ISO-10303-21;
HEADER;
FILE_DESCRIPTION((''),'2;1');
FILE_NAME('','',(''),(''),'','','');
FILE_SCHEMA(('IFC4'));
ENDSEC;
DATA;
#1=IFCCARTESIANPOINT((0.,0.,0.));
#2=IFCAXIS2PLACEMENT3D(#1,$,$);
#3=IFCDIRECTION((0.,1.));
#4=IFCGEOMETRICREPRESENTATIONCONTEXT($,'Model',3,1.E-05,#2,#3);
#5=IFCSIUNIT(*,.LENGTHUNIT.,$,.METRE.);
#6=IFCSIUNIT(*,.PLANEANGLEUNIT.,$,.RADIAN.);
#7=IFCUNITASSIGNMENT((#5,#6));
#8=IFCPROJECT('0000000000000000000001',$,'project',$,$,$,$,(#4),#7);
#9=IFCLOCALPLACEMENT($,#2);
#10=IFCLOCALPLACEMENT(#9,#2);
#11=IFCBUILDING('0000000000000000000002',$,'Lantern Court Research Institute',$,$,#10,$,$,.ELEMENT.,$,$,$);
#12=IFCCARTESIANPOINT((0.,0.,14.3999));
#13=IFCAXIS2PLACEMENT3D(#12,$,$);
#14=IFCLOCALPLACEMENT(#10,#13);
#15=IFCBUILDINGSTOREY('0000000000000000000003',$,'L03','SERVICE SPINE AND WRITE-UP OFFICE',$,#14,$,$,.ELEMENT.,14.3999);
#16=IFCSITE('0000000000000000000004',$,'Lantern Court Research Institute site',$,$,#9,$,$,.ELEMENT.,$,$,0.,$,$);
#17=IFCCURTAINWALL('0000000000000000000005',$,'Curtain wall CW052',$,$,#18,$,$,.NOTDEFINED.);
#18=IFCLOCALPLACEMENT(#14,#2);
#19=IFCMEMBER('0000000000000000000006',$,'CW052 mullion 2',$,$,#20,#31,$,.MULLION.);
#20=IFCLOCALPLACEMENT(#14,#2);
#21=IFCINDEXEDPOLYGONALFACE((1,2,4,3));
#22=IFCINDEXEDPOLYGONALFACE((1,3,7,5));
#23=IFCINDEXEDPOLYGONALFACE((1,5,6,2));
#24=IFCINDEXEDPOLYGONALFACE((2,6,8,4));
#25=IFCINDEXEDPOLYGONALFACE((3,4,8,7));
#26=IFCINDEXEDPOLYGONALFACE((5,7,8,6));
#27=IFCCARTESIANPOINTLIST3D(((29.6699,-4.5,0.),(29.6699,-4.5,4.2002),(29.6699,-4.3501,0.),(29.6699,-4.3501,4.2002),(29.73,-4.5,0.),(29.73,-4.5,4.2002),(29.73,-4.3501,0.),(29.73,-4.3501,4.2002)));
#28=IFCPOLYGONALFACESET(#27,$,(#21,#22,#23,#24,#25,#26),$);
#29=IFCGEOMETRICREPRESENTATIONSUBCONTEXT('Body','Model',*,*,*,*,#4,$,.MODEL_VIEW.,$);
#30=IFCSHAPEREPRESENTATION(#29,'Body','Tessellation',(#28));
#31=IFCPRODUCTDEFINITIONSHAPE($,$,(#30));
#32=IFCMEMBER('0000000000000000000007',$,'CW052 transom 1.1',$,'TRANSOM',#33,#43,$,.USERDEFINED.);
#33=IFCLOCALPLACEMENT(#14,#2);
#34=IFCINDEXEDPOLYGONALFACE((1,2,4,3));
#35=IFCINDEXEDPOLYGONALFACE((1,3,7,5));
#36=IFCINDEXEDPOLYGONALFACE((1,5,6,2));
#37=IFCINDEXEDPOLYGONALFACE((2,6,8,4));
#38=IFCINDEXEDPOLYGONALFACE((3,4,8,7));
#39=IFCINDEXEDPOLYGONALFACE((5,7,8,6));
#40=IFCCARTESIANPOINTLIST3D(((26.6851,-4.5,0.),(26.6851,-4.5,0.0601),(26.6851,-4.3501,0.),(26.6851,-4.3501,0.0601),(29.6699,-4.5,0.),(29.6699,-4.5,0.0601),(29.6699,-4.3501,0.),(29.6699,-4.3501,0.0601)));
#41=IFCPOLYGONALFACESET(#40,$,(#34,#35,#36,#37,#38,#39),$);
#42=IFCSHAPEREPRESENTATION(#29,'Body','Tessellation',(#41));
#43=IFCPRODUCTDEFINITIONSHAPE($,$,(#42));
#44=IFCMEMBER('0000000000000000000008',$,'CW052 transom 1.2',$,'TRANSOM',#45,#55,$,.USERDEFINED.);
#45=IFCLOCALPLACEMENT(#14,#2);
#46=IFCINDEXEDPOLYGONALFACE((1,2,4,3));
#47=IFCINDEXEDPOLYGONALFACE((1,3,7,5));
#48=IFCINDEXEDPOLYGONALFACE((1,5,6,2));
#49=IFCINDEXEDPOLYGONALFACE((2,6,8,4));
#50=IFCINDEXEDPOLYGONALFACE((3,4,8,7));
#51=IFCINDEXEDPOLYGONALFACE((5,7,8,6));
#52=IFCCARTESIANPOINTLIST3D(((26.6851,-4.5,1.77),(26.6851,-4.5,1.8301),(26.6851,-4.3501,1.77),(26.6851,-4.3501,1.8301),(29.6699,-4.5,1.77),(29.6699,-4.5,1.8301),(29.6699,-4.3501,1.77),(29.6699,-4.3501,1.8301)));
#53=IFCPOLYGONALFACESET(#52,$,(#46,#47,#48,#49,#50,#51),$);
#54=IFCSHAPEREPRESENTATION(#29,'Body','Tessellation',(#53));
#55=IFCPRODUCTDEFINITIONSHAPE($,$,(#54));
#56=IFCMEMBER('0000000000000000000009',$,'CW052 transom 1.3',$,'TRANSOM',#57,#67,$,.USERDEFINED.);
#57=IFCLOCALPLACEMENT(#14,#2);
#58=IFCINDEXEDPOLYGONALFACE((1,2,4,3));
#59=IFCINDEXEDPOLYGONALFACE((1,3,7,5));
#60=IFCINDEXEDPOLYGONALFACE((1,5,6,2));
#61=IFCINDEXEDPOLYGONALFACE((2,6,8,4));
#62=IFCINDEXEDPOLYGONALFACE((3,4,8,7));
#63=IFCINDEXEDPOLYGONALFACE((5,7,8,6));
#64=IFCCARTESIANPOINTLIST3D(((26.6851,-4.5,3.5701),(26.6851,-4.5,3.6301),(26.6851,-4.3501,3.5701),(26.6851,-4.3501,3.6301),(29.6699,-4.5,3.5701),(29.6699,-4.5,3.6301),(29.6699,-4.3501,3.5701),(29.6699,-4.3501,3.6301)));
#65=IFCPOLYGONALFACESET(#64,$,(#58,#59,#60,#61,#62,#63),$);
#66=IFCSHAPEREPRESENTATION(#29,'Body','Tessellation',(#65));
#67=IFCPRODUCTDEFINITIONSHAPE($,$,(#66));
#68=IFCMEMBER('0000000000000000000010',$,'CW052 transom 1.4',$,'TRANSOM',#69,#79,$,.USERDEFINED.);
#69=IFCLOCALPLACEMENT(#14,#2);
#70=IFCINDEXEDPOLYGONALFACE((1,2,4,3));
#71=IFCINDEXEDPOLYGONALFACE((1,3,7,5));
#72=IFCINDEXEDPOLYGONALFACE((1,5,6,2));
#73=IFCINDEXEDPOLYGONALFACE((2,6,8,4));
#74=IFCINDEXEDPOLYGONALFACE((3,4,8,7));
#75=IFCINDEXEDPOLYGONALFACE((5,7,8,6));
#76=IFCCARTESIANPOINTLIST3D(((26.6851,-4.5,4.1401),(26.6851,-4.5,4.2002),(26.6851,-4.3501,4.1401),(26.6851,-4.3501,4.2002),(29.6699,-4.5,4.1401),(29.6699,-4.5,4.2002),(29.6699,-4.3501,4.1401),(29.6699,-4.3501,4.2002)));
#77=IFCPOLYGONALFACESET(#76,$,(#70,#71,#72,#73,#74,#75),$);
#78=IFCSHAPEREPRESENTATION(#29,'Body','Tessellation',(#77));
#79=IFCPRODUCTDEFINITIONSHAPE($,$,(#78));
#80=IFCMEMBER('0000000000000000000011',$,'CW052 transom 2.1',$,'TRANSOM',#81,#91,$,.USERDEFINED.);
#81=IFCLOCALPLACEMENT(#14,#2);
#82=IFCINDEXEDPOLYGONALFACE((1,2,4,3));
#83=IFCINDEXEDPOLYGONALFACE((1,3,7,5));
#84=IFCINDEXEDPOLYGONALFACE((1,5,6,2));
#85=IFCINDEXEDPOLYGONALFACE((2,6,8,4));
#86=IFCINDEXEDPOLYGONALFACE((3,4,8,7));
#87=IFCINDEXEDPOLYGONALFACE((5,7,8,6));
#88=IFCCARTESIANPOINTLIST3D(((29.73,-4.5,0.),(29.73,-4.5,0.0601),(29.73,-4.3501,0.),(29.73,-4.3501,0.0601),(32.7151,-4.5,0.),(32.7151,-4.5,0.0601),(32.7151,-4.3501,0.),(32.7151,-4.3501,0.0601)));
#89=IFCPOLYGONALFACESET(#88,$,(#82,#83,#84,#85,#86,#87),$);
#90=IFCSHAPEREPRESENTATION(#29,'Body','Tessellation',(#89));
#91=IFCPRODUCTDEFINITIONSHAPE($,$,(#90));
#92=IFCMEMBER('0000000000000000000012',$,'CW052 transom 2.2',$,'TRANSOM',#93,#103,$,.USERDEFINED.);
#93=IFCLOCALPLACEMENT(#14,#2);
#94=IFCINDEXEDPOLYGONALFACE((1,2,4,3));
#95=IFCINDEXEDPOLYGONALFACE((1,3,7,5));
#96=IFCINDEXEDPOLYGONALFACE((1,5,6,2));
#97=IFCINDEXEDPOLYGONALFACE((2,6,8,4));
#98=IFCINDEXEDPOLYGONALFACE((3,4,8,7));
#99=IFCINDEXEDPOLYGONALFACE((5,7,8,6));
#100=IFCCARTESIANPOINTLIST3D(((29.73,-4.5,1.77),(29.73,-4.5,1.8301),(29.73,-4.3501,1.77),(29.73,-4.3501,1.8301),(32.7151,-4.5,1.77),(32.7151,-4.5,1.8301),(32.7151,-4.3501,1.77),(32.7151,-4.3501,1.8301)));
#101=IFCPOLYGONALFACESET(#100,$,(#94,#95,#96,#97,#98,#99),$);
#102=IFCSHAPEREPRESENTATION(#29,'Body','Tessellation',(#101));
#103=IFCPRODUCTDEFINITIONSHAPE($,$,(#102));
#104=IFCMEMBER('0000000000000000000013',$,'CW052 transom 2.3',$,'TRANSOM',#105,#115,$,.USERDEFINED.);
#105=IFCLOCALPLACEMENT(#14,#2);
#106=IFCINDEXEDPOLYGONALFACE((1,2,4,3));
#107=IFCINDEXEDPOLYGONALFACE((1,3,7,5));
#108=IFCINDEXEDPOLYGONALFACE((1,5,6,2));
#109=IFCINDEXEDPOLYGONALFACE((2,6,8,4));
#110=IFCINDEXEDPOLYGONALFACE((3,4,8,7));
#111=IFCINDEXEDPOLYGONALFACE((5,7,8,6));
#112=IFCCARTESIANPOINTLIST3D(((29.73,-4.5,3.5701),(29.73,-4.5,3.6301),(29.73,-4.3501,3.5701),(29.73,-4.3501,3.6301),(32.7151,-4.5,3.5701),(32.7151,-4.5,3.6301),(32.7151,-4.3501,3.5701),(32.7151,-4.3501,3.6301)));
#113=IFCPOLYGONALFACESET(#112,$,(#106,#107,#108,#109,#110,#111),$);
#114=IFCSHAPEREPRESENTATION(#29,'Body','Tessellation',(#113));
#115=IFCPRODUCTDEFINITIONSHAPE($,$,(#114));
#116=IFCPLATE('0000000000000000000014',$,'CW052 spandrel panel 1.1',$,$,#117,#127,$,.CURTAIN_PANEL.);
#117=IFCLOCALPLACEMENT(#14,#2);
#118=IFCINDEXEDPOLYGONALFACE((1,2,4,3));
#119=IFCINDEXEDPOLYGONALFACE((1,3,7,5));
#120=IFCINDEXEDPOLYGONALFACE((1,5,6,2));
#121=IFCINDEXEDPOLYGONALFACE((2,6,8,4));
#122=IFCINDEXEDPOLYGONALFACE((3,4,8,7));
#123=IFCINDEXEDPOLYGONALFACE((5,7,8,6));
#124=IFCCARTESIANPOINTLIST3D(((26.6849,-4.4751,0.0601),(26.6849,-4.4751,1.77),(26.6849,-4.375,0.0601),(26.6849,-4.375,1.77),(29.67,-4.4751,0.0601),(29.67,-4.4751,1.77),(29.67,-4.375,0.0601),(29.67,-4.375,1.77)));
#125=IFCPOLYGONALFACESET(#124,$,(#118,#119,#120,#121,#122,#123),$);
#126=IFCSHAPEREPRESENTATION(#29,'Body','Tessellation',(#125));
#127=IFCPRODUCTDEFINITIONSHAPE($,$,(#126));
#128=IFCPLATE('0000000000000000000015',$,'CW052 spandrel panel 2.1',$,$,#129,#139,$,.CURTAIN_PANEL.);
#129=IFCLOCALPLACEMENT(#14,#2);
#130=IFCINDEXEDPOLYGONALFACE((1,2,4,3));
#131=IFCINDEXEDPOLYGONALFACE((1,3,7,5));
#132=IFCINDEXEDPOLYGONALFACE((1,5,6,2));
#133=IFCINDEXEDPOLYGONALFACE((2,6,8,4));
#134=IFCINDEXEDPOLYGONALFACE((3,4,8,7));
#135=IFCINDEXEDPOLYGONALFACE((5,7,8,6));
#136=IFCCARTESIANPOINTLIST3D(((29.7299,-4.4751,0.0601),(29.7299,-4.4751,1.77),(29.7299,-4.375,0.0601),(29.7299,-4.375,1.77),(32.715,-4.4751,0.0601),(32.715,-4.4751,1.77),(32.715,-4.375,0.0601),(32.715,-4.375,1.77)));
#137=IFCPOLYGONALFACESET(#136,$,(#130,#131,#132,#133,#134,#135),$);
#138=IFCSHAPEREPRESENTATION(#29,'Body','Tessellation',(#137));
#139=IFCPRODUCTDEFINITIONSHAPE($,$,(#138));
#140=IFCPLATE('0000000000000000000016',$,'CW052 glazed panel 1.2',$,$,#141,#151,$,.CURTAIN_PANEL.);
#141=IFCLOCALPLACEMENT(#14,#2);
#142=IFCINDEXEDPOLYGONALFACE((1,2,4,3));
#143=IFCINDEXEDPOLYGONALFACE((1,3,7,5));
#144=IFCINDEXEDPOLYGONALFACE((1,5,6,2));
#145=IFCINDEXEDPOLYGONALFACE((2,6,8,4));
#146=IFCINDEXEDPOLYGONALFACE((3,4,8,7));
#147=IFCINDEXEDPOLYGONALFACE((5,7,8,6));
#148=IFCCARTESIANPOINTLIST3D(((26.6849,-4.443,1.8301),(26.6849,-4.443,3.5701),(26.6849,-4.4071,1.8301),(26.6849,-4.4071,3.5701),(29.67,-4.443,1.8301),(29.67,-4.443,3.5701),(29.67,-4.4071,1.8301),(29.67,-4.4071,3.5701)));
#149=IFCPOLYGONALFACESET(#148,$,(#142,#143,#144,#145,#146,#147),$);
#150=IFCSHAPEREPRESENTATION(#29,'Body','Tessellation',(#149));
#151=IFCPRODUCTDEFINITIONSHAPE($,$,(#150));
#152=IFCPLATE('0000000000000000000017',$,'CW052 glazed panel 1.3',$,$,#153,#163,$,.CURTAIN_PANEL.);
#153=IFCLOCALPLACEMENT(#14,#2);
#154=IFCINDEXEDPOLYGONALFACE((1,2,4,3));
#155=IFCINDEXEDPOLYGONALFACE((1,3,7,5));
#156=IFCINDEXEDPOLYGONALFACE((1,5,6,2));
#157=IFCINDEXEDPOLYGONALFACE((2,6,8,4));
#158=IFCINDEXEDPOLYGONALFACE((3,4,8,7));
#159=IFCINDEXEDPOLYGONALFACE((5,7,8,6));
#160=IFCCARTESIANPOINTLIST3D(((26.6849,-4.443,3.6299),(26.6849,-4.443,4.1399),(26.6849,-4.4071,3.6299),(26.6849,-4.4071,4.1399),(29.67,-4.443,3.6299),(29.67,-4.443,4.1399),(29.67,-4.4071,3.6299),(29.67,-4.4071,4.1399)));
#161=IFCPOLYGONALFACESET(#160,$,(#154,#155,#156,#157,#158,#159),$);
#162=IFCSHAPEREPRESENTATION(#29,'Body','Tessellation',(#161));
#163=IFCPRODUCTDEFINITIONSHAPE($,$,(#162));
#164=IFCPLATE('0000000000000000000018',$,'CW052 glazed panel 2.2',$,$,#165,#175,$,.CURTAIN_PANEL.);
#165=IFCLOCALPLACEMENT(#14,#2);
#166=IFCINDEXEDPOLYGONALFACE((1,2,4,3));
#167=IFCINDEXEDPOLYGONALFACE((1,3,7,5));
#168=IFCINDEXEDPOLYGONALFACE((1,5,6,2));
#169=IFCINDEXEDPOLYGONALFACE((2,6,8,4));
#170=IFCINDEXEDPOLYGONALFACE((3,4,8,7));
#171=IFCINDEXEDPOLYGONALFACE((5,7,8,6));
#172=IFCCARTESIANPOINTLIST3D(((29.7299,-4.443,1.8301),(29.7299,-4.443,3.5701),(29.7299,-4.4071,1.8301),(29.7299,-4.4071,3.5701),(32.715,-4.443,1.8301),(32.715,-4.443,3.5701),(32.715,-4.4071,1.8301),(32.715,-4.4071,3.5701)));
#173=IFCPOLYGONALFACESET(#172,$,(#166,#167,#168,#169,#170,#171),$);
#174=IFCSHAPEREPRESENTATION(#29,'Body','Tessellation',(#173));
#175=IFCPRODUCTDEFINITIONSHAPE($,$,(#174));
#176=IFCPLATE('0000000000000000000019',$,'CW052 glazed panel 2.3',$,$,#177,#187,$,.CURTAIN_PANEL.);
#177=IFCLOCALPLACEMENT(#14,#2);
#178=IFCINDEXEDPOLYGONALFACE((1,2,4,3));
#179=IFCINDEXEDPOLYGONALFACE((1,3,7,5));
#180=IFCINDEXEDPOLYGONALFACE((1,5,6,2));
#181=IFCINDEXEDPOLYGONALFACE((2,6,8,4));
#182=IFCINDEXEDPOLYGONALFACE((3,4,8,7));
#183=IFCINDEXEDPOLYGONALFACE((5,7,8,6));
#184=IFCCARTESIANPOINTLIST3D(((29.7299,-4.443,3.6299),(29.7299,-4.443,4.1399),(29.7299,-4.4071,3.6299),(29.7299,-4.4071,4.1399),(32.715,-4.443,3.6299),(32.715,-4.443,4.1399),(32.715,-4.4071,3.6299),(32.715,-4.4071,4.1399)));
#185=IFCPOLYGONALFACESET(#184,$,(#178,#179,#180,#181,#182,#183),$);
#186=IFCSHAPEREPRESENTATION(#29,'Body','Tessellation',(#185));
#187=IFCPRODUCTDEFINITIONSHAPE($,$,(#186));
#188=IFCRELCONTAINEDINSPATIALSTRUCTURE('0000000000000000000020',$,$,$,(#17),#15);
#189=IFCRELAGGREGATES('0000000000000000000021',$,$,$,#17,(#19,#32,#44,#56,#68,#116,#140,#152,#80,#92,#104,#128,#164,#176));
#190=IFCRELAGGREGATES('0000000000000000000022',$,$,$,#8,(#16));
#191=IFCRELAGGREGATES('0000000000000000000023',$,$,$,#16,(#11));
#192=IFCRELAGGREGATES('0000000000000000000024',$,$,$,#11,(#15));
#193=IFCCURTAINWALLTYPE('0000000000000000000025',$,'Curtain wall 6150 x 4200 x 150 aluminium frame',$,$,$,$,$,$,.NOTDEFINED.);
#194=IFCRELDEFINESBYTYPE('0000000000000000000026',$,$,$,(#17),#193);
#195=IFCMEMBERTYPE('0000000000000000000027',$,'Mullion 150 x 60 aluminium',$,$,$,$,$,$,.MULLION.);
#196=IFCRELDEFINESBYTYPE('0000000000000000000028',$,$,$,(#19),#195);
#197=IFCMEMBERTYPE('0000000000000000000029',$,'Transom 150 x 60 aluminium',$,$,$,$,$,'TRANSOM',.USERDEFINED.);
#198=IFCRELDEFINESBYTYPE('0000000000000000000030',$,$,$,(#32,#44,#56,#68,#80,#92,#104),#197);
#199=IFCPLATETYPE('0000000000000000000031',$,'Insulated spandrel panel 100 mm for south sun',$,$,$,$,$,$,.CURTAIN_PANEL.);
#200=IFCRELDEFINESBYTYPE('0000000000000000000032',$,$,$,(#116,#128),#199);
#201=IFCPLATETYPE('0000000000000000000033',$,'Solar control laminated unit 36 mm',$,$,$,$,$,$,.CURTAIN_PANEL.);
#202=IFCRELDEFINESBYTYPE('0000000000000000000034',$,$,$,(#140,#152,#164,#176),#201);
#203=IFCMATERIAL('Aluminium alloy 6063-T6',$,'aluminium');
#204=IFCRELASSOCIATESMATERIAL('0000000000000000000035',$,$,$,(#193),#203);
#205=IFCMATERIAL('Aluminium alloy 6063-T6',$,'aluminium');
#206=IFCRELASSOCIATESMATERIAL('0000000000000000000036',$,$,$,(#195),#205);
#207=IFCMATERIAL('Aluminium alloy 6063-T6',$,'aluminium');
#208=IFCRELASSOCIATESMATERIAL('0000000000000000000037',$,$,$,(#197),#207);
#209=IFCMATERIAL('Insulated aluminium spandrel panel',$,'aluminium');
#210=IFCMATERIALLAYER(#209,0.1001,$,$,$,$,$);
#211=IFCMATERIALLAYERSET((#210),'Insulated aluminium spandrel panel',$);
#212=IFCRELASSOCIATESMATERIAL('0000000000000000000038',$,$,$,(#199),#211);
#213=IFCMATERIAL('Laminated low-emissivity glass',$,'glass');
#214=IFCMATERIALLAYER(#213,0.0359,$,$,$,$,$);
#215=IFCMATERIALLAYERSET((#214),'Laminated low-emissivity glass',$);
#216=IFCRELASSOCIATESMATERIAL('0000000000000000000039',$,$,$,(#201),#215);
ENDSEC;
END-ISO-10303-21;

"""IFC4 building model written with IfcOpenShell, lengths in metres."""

from ifc_helpers import new_model, si_unit, direction, frame, origin, origin_2d, place, context, subcontext, project, spatial, rectangle, extrude, material, layer, layer_set, material_profile, profile_set, type_object, element, aggregate, save


model = new_model("IFC4")

# Units and contexts
model_context = context("Model", 3, precision=1e-05, world=origin(), true_north=direction((0.0, 1.0)))
body_context = subcontext(model_context, "Body", "Model", "MODEL_VIEW")
ifc_project = project(units=[si_unit("LENGTHUNIT", "METRE"), si_unit("PLANEANGLEUNIT", "RADIAN")], contexts=[model_context])

# Site, building, storey
site_placement = place(None, origin())
site = spatial("IfcSite", under=ifc_project, at=site_placement, Name="Lantern Court Research Institute site", CompositionType="ELEMENT", RefElevation=0.0)
building_placement = place(site_placement, origin())
building = spatial("IfcBuilding", under=site, at=building_placement, Name="Lantern Court Research Institute", CompositionType="ELEMENT")
storey_placement = place(building_placement, frame((0.0, 0.0, 14.3999)))
storey = spatial("IfcBuildingStorey", under=building, at=storey_placement, Name="L03", Description="SERVICE SPINE AND WRITE-UP OFFICE", CompositionType="ELEMENT", Elevation=14.3999)

# Curtain wall, members, plates
ifc_material_1 = material(Name="Aluminium alloy 6063-T6", Category="aluminium")
curtain_wall_type = type_object("IfcCurtainWallType", Name="Curtain wall 6150 x 4200 x 150 aluminium frame", PredefinedType="NOTDEFINED", material=ifc_material_1)
curtain_wall_placement = place(storey_placement, origin())
curtain_wall = element("IfcCurtainWall", 1, at=curtain_wall_placement, inside=storey, type_object=curtain_wall_type, Name="Curtain wall CW052", PredefinedType="NOTDEFINED")
ifc_material_2 = material(Name="Aluminium alloy 6063-T6", Category="aluminium")
ifc_material_profile_1 = material_profile(ifc_material_2, rectangle(XDim=0.1499, YDim=0.0601, at=origin_2d()), Name="Mullion 150 x 60")
ifc_profile_set_1 = profile_set([ifc_material_profile_1], Name="Aluminium alloy 6063-T6")
member_type_1 = type_object("IfcMemberType", Name="Mullion 150 x 60 aluminium", PredefinedType="MULLION", material=ifc_profile_set_1)
member_1_placement = place(storey_placement, frame((29.7, -4.425, 0.0), z_axis=(0.0, 0.0, 1.0), x_axis=(0.0, -1.0, 0.0)))
member_1 = element("IfcMember", 2, at=member_1_placement, type_object=member_type_1, Name="CW052 mullion 2", PredefinedType="MULLION", context=body_context, shape_type="SweptSolid", body=[
    extrude(rectangle(XDim=0.1499, YDim=0.0601, at=origin_2d()), origin(), (0.0, 0.0, 1.0), 4.2002),
])
ifc_material_3 = material(Name="Aluminium alloy 6063-T6", Category="aluminium")
ifc_material_profile_2 = material_profile(ifc_material_3, rectangle(XDim=0.1499, YDim=0.0601, at=origin_2d()), Name="Transom 150 x 60")
ifc_profile_set_2 = profile_set([ifc_material_profile_2], Name="Aluminium alloy 6063-T6")
member_type_2 = type_object("IfcMemberType", Name="Transom 150 x 60 aluminium", ElementType="TRANSOM", PredefinedType="USERDEFINED", material=ifc_profile_set_2)
member_2_placement = place(storey_placement, frame((29.6699, -4.425, 0.03), z_axis=(-1.0, 0.0, 0.0), x_axis=(0.0, -1.0, 0.0)))
member_2 = element("IfcMember", 3, at=member_2_placement, type_object=member_type_2, Name="CW052 transom 1.1", ObjectType="TRANSOM", PredefinedType="USERDEFINED", context=body_context, shape_type="SweptSolid", body=[
    extrude(rectangle(XDim=0.1499, YDim=0.0601, at=origin_2d()), origin(), (0.0, 0.0, 1.0), 2.9849),
])
member_3_placement = place(storey_placement, frame((29.6699, -4.425, 1.8), z_axis=(-1.0, 0.0, 0.0), x_axis=(0.0, -1.0, 0.0)))
member_3 = element("IfcMember", 4, at=member_3_placement, type_object=member_type_2, Name="CW052 transom 1.2", ObjectType="TRANSOM", PredefinedType="USERDEFINED", context=body_context, shape_type="SweptSolid", body=[
    extrude(rectangle(XDim=0.1499, YDim=0.0601, at=origin_2d()), origin(), (0.0, 0.0, 1.0), 2.9849),
])
member_4_placement = place(storey_placement, frame((29.6699, -4.425, 3.6001), z_axis=(-1.0, 0.0, 0.0), x_axis=(0.0, -1.0, 0.0)))
member_4 = element("IfcMember", 5, at=member_4_placement, type_object=member_type_2, Name="CW052 transom 1.3", ObjectType="TRANSOM", PredefinedType="USERDEFINED", context=body_context, shape_type="SweptSolid", body=[
    extrude(rectangle(XDim=0.1499, YDim=0.0601, at=origin_2d()), origin(), (0.0, 0.0, 1.0), 2.9849),
])
member_5_placement = place(storey_placement, frame((29.6699, -4.425, 4.1702), z_axis=(-1.0, 0.0, 0.0), x_axis=(0.0, -1.0, 0.0)))
member_5 = element("IfcMember", 6, at=member_5_placement, type_object=member_type_2, Name="CW052 transom 1.4", ObjectType="TRANSOM", PredefinedType="USERDEFINED", context=body_context, shape_type="SweptSolid", body=[
    extrude(rectangle(XDim=0.1499, YDim=0.0601, at=origin_2d()), origin(), (0.0, 0.0, 1.0), 2.9849),
])
member_6_placement = place(storey_placement, frame((32.7151, -4.425, 0.03), z_axis=(-1.0, 0.0, 0.0), x_axis=(0.0, -1.0, 0.0)))
member_6 = element("IfcMember", 7, at=member_6_placement, type_object=member_type_2, Name="CW052 transom 2.1", ObjectType="TRANSOM", PredefinedType="USERDEFINED", context=body_context, shape_type="SweptSolid", body=[
    extrude(rectangle(XDim=0.1499, YDim=0.0601, at=origin_2d()), origin(), (0.0, 0.0, 1.0), 2.9851),
])
member_7_placement = place(storey_placement, frame((32.7151, -4.425, 1.8), z_axis=(-1.0, 0.0, 0.0), x_axis=(0.0, -1.0, 0.0)))
member_7 = element("IfcMember", 8, at=member_7_placement, type_object=member_type_2, Name="CW052 transom 2.2", ObjectType="TRANSOM", PredefinedType="USERDEFINED", context=body_context, shape_type="SweptSolid", body=[
    extrude(rectangle(XDim=0.1499, YDim=0.0601, at=origin_2d()), origin(), (0.0, 0.0, 1.0), 2.9851),
])
member_8_placement = place(storey_placement, frame((32.7151, -4.425, 3.6001), z_axis=(-1.0, 0.0, 0.0), x_axis=(0.0, -1.0, 0.0)))
member_8 = element("IfcMember", 9, at=member_8_placement, type_object=member_type_2, Name="CW052 transom 2.3", ObjectType="TRANSOM", PredefinedType="USERDEFINED", context=body_context, shape_type="SweptSolid", body=[
    extrude(rectangle(XDim=0.1499, YDim=0.0601, at=origin_2d()), origin(), (0.0, 0.0, 1.0), 2.9851),
])
ifc_material_4 = material(Name="Insulated aluminium spandrel panel", Category="aluminium")
ifc_layer_1 = layer(ifc_material_4, 0.1001)
ifc_layer_set_1 = layer_set([ifc_layer_1], Name="Insulated aluminium spandrel panel")
plate_type_1 = type_object("IfcPlateType", Name="Insulated spandrel panel 100 mm for south sun", PredefinedType="CURTAIN_PANEL", material=ifc_layer_set_1)
plate_1_placement = place(storey_placement, frame((28.1775, -4.425, 0.0601), z_axis=(0.0, 0.0, 1.0), x_axis=(-1.0, 0.0, 0.0)))
plate_1 = element("IfcPlate", 10, at=plate_1_placement, type_object=plate_type_1, Name="CW052 spandrel panel 1.1", PredefinedType="CURTAIN_PANEL", context=body_context, shape_type="SweptSolid", body=[
    extrude(rectangle(XDim=2.9851, YDim=0.1001, at=origin_2d()), origin(), (0.0, 0.0, 1.0), 1.71),
])
plate_2_placement = place(storey_placement, frame((31.2224, -4.425, 0.0601), z_axis=(0.0, 0.0, 1.0), x_axis=(-1.0, 0.0, 0.0)))
plate_2 = element("IfcPlate", 11, at=plate_2_placement, type_object=plate_type_1, Name="CW052 spandrel panel 2.1", PredefinedType="CURTAIN_PANEL", context=body_context, shape_type="SweptSolid", body=[
    extrude(rectangle(XDim=2.9851, YDim=0.1001, at=origin_2d()), origin(), (0.0, 0.0, 1.0), 1.71),
])
ifc_material_5 = material(Name="Laminated low-emissivity glass", Category="glass")
ifc_layer_2 = layer(ifc_material_5, 0.0359)
ifc_layer_set_2 = layer_set([ifc_layer_2], Name="Laminated low-emissivity glass")
plate_type_2 = type_object("IfcPlateType", Name="Solar control laminated unit 36 mm", PredefinedType="CURTAIN_PANEL", material=ifc_layer_set_2)
plate_3_placement = place(storey_placement, frame((28.1775, -4.425, 1.8301), z_axis=(0.0, 0.0, 1.0), x_axis=(-1.0, 0.0, 0.0)))
plate_3 = element("IfcPlate", 12, at=plate_3_placement, type_object=plate_type_2, Name="CW052 glazed panel 1.2", PredefinedType="CURTAIN_PANEL", context=body_context, shape_type="SweptSolid", body=[
    extrude(rectangle(XDim=2.9851, YDim=0.0359, at=origin_2d()), origin(), (0.0, 0.0, 1.0), 1.74),
])
plate_4_placement = place(storey_placement, frame((28.1775, -4.425, 3.6299), z_axis=(0.0, 0.0, 1.0), x_axis=(-1.0, 0.0, 0.0)))
plate_4 = element("IfcPlate", 13, at=plate_4_placement, type_object=plate_type_2, Name="CW052 glazed panel 1.3", PredefinedType="CURTAIN_PANEL", context=body_context, shape_type="SweptSolid", body=[
    extrude(rectangle(XDim=2.9851, YDim=0.0359, at=origin_2d()), origin(), (0.0, 0.0, 1.0), 0.51),
])
plate_5_placement = place(storey_placement, frame((31.2224, -4.425, 1.8301), z_axis=(0.0, 0.0, 1.0), x_axis=(-1.0, 0.0, 0.0)))
plate_5 = element("IfcPlate", 14, at=plate_5_placement, type_object=plate_type_2, Name="CW052 glazed panel 2.2", PredefinedType="CURTAIN_PANEL", context=body_context, shape_type="SweptSolid", body=[
    extrude(rectangle(XDim=2.9851, YDim=0.0359, at=origin_2d()), origin(), (0.0, 0.0, 1.0), 1.74),
])
plate_6_placement = place(storey_placement, frame((31.2224, -4.425, 3.6299), z_axis=(0.0, 0.0, 1.0), x_axis=(-1.0, 0.0, 0.0)))
plate_6 = element("IfcPlate", 15, at=plate_6_placement, type_object=plate_type_2, Name="CW052 glazed panel 2.3", PredefinedType="CURTAIN_PANEL", context=body_context, shape_type="SweptSolid", body=[
    extrude(rectangle(XDim=2.9851, YDim=0.0359, at=origin_2d()), origin(), (0.0, 0.0, 1.0), 0.51),
])
aggregate(curtain_wall, [member_1, member_2, member_3, member_4, member_5, plate_1, plate_3, plate_4, member_6, member_7, member_8, plate_2, plate_5, plate_6])

save(model, "model.ifc")
